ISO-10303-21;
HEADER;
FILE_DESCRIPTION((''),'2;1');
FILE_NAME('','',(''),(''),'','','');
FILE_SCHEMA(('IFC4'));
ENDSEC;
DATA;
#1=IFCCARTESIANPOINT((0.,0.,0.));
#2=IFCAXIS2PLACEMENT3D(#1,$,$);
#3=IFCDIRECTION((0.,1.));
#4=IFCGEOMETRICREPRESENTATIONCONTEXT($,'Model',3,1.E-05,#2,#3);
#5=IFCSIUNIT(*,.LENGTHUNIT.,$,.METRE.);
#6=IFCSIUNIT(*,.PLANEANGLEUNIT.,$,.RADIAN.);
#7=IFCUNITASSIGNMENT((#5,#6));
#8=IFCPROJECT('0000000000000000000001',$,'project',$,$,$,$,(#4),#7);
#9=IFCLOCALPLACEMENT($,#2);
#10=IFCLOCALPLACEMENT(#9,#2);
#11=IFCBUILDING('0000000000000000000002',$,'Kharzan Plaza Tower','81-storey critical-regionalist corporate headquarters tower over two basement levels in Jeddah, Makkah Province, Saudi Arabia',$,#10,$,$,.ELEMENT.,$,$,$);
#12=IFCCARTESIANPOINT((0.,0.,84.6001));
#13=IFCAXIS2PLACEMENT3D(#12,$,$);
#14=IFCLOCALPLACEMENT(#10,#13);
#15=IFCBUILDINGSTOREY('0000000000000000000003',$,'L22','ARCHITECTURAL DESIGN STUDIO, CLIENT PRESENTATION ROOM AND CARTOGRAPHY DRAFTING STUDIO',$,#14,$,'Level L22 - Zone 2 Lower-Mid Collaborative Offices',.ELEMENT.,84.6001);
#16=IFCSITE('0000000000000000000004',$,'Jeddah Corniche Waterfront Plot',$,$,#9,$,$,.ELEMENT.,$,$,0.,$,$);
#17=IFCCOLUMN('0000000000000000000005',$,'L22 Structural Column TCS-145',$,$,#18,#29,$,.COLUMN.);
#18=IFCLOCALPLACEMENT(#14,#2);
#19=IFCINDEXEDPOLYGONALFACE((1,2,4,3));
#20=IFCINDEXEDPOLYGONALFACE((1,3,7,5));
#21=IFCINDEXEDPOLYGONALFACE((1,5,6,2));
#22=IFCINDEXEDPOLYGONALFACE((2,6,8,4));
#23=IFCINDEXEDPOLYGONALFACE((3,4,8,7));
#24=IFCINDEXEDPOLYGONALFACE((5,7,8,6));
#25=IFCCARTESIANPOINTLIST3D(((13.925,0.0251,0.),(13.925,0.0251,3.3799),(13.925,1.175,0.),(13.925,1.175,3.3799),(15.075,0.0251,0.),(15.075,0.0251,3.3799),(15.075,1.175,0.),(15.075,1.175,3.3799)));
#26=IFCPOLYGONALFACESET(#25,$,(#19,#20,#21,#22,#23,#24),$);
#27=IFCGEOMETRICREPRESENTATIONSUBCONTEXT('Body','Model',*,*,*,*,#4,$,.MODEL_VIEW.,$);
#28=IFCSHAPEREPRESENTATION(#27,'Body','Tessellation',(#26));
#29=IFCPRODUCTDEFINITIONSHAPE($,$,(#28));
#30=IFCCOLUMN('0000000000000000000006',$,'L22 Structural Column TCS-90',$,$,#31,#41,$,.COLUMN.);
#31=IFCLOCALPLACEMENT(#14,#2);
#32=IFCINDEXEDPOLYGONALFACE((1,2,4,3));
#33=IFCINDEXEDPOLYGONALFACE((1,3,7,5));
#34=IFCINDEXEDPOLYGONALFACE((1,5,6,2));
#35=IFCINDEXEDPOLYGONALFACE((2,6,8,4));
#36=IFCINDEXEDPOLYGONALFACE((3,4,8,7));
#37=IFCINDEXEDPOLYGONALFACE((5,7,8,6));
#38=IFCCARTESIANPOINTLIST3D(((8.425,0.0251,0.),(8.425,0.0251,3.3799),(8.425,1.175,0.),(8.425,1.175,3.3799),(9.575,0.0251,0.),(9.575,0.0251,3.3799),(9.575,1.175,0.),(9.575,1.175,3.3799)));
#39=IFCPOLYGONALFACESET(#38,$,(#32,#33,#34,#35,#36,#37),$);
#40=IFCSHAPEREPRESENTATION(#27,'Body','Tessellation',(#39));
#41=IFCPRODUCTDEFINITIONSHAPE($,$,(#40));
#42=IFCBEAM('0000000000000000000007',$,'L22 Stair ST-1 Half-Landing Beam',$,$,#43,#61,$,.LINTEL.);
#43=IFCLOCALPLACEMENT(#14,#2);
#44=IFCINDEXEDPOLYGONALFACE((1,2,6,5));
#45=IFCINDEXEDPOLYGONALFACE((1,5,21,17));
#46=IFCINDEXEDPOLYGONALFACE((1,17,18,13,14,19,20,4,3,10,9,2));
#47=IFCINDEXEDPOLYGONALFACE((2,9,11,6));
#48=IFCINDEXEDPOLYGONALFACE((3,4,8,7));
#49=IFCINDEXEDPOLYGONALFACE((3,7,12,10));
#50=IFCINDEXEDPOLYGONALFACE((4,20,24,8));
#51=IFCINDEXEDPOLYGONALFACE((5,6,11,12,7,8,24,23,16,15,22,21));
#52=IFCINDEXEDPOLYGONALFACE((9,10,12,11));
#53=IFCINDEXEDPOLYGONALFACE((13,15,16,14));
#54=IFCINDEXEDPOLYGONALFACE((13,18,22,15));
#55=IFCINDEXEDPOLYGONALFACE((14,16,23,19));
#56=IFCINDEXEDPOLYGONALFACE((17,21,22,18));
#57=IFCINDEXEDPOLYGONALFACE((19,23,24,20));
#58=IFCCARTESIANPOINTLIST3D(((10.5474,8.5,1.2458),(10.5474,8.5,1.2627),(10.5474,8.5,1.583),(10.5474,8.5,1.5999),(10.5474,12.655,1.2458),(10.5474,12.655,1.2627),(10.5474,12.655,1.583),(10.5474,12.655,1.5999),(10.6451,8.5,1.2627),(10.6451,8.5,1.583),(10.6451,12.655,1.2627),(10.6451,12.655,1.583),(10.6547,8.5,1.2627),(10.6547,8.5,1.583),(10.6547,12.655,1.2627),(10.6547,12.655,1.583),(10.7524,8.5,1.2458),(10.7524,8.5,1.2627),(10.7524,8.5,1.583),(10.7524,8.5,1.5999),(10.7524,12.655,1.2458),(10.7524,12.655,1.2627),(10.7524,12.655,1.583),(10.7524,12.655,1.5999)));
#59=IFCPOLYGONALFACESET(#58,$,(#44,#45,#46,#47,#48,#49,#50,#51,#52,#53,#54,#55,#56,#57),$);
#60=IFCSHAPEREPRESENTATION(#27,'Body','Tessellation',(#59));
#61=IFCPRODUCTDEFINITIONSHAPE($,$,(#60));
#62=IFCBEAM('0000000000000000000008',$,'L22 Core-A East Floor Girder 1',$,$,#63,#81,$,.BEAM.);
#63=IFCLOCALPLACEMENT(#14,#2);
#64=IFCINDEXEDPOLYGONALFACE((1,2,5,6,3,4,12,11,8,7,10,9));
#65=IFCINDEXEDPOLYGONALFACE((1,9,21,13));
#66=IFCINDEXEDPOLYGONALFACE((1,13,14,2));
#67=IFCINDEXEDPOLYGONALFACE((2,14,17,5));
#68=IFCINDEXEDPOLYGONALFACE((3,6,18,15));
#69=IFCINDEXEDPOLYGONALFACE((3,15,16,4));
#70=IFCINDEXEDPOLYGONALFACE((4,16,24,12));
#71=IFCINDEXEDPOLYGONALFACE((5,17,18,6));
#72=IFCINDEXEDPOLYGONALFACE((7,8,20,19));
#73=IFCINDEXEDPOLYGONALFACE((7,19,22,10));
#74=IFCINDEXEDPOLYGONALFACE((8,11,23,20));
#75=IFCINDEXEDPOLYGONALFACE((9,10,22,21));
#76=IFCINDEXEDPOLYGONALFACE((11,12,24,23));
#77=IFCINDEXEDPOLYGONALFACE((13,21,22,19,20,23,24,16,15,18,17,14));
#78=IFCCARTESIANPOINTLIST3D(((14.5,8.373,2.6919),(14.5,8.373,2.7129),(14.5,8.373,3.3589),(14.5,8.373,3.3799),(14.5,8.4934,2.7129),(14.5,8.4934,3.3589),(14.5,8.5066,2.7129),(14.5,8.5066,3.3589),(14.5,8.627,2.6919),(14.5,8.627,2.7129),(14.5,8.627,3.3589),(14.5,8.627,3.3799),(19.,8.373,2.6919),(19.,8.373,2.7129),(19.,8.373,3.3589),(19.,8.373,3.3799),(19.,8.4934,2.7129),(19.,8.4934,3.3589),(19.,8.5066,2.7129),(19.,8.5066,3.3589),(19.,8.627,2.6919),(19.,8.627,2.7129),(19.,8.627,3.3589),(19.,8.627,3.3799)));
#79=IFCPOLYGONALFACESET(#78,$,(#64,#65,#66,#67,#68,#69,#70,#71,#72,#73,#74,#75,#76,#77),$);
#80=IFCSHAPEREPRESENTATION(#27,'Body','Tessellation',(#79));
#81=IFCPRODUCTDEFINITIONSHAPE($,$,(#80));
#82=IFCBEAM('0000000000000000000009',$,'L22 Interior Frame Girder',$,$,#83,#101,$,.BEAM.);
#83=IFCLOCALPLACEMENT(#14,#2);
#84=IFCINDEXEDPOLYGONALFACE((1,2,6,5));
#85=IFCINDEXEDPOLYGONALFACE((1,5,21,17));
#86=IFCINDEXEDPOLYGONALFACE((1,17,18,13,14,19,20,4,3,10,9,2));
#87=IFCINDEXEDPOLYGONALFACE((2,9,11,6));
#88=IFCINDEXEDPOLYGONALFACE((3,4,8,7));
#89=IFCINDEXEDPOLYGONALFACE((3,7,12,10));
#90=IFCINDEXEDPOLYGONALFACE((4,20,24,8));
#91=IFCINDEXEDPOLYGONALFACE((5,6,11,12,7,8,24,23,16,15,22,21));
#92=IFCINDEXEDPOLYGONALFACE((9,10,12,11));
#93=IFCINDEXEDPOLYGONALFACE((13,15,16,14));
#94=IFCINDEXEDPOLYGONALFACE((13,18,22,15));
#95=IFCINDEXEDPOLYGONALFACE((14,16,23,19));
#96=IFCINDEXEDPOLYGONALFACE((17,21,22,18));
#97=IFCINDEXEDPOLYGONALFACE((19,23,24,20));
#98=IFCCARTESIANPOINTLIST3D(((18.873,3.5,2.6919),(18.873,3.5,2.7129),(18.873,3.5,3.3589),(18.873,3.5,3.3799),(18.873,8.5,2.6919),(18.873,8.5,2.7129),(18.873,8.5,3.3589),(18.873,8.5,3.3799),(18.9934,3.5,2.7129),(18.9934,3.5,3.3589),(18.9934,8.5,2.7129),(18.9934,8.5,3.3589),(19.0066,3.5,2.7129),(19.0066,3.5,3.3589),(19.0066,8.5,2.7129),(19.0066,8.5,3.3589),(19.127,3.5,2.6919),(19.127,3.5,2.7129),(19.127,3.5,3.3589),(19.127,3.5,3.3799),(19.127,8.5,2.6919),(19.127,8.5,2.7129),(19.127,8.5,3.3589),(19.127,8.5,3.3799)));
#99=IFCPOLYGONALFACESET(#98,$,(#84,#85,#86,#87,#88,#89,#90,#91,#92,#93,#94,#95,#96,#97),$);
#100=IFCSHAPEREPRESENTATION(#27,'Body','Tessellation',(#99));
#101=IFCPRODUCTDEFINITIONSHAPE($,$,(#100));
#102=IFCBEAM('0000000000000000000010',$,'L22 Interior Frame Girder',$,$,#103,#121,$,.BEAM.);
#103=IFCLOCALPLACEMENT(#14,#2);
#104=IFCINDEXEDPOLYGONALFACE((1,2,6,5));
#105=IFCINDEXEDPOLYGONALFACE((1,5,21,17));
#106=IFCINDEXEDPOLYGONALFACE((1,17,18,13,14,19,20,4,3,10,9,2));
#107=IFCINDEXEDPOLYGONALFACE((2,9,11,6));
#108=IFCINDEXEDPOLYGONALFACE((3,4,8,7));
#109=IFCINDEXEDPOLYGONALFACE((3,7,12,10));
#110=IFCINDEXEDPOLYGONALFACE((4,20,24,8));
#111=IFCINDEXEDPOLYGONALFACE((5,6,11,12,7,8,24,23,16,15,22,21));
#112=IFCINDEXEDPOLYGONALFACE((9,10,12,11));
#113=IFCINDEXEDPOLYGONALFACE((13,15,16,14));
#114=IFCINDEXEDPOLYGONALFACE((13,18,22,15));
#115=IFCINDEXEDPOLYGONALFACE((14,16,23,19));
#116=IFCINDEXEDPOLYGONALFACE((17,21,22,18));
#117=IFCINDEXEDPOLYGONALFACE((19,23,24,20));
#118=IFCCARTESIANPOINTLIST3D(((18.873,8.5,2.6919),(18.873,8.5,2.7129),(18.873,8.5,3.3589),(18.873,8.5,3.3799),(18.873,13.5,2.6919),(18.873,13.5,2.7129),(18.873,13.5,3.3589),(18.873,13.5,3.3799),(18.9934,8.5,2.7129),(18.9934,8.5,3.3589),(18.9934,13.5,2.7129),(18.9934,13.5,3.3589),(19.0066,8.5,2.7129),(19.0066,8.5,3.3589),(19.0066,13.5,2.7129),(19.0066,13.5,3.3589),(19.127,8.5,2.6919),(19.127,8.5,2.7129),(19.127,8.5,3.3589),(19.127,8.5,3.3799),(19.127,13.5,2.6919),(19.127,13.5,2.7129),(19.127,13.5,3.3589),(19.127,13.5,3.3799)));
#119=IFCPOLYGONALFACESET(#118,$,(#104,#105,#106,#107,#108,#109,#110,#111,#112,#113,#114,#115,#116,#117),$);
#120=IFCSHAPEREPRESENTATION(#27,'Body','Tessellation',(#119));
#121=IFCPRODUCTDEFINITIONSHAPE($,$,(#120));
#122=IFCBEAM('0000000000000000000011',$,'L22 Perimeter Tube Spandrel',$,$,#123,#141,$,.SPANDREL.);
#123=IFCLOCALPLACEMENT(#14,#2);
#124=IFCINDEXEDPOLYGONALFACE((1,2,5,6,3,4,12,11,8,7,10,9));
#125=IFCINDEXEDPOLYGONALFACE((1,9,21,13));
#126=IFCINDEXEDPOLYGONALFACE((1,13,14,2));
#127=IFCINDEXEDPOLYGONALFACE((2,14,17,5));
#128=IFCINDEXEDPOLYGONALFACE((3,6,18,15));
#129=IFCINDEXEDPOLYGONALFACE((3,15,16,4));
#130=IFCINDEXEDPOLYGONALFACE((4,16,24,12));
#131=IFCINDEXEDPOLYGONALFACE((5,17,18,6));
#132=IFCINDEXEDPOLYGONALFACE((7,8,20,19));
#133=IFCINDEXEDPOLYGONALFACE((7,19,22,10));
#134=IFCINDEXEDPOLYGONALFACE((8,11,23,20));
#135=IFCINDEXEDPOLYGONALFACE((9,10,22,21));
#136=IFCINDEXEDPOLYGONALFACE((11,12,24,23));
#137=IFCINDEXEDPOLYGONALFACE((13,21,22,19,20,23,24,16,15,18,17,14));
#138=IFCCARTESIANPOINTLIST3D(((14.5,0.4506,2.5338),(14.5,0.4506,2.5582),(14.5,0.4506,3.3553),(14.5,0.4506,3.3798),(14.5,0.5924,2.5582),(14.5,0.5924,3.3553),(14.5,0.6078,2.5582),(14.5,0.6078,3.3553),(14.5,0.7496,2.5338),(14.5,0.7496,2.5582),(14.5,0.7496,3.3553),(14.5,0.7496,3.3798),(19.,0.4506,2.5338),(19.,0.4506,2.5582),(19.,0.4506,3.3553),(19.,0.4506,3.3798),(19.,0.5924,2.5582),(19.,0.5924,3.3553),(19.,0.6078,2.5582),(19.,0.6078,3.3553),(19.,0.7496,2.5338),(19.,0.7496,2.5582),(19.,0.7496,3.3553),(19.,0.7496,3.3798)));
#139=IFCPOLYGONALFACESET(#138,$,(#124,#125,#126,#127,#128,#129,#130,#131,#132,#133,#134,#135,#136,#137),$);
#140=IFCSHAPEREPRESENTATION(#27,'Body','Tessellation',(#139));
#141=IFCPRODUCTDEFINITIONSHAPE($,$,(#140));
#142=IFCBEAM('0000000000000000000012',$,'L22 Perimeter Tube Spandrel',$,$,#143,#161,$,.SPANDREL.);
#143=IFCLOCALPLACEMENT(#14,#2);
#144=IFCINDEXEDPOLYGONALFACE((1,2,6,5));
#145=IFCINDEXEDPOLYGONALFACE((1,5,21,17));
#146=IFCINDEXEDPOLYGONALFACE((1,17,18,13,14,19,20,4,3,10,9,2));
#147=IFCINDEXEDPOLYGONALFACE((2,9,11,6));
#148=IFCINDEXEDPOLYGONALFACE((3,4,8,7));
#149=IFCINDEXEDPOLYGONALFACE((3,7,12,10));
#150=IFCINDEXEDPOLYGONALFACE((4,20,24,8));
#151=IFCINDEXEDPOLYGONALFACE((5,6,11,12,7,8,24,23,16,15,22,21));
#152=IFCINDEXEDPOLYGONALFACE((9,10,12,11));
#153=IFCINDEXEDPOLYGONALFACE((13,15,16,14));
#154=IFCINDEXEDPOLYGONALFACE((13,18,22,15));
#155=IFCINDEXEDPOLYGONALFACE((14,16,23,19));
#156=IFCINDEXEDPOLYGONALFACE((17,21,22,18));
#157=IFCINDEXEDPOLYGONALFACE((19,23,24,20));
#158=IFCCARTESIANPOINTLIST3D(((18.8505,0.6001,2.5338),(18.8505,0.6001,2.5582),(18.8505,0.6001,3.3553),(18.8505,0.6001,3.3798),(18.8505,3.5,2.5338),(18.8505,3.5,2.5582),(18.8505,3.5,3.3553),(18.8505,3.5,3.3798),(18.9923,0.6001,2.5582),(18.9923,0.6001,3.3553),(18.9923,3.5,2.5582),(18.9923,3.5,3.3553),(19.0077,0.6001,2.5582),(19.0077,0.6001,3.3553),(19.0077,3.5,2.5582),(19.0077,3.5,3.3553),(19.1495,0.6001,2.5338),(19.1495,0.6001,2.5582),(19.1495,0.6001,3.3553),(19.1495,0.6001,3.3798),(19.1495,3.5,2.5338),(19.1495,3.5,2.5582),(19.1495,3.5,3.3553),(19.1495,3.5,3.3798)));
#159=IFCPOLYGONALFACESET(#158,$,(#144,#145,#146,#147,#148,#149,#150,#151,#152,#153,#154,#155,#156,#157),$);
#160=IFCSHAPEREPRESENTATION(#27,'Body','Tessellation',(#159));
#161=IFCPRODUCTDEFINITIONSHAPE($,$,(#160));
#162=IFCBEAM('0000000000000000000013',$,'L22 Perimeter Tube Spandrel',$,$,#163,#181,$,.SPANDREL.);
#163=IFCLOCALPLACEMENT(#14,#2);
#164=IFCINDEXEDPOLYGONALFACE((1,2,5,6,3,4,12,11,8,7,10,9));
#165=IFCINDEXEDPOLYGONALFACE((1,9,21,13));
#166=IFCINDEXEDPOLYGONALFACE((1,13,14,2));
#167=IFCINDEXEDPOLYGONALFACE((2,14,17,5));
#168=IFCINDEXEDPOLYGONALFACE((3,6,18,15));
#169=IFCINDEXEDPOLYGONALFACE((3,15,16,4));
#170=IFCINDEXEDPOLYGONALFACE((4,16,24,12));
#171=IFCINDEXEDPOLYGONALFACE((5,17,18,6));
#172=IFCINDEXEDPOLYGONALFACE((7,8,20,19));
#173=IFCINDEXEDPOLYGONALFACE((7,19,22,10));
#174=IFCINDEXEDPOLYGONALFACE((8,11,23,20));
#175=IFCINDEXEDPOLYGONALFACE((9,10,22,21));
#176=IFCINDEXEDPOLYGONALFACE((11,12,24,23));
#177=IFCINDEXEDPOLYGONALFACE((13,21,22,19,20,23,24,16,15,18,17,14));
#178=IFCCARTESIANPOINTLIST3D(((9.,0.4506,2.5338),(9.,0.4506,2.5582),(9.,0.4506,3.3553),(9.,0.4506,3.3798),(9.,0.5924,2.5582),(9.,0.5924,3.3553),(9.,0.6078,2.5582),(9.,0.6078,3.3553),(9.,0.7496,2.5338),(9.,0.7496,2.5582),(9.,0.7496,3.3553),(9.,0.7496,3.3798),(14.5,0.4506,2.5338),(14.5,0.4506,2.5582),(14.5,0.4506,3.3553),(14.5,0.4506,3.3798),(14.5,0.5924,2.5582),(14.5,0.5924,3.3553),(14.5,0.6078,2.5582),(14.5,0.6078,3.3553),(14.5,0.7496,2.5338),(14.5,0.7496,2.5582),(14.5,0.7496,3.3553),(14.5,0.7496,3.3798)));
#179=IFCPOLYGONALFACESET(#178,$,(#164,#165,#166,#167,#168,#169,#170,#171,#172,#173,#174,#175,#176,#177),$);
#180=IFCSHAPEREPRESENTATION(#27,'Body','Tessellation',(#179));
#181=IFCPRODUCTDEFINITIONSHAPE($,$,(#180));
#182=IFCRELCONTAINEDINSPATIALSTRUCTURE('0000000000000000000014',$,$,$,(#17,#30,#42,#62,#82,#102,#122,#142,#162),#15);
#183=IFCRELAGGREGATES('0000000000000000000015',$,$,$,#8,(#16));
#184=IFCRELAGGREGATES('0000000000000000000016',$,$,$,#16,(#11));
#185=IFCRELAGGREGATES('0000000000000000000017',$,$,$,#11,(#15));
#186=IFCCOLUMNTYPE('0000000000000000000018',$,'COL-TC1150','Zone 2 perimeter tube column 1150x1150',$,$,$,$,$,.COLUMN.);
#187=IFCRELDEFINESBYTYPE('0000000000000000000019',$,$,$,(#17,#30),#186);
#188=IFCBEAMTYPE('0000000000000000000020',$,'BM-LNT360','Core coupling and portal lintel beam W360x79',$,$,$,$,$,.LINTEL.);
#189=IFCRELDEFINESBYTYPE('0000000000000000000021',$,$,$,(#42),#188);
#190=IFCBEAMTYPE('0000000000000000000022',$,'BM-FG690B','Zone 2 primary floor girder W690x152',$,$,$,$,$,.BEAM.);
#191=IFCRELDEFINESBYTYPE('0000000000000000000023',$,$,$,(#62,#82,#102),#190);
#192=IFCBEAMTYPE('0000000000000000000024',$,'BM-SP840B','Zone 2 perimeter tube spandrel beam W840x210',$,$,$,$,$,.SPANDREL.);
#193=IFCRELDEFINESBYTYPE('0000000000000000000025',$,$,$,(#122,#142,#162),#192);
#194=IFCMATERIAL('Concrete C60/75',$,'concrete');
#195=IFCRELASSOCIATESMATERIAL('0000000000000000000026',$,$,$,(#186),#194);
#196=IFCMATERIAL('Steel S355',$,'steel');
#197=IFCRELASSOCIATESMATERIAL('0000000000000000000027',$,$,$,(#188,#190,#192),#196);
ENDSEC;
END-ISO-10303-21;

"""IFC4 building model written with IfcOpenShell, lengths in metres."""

from ifc_helpers import new_model, si_unit, direction, frame, origin, origin_2d, place, context, subcontext, project, spatial, rectangle, i_section, extrude, source, transform, mapped, material, material_profile, profile_set, type_object, element, save


model = new_model("IFC4")

# Units and contexts
model_context = context("Model", 3, precision=1e-05, world=origin(), true_north=direction((0.0, 1.0)))
body_context = subcontext(model_context, "Body", "Model", "MODEL_VIEW")
ifc_project = project(units=[si_unit("LENGTHUNIT", "METRE"), si_unit("PLANEANGLEUNIT", "RADIAN")], contexts=[model_context])

# Site, building, storey
site_placement = place(None, origin())
site = spatial("IfcSite", under=ifc_project, at=site_placement, Name="Jeddah Corniche Waterfront Plot", CompositionType="ELEMENT", RefElevation=0.0)
building_placement = place(site_placement, origin())
building = spatial("IfcBuilding", under=site, at=building_placement, Name="Kharzan Plaza Tower", Description="81-storey critical-regionalist corporate headquarters tower over two basement levels in Jeddah, Makkah Province, Saudi Arabia", CompositionType="ELEMENT")
storey_placement = place(building_placement, frame((0.0, 0.0, 84.6001)))
storey = spatial("IfcBuildingStorey", under=building, at=storey_placement, Name="L22", Description="ARCHITECTURAL DESIGN STUDIO, CLIENT PRESENTATION ROOM AND CARTOGRAPHY DRAFTING STUDIO", LongName="Level L22 - Zone 2 Lower-Mid Collaborative Offices", CompositionType="ELEMENT", Elevation=84.6001)

# Columns
ifc_material_1 = material(Name="Concrete C60/75", Category="concrete")
ifc_material_profile_1 = material_profile(ifc_material_1, rectangle(XDim=1.1499, YDim=1.1499, at=origin_2d()), Name="RC-TC1150x1150")
ifc_profile_set_1 = profile_set([ifc_material_profile_1], Name="Concrete C60/75")
column_type = type_object("IfcColumnType", Name="COL-TC1150", Description="Zone 2 perimeter tube column 1150x1150", PredefinedType="COLUMN", material=ifc_profile_set_1)
shared_shape_1 = source(origin(), body_context, "Body", "SweptSolid", [
    extrude(rectangle(XDim=1.1499, YDim=1.1499, at=origin_2d()), origin(), (0.0, 0.0, 1.0), 3.3799),
])
for number, where, z_axis, x_axis, name in (
    (1, (14.5, 0.6001, 0.0), (0.0, 0.0, 1.0), (1.0, 0.0, 0.0), "L22 Structural Column TCS-145"),
    (2, (9.0, 0.6001, 0.0), (0.0, 0.0, 1.0), (1.0, 0.0, 0.0), "L22 Structural Column TCS-90"),
):
    element("IfcColumn", number, at=place(storey_placement, frame(where, z_axis=z_axis, x_axis=x_axis)), inside=storey, type_object=column_type, Name=name, PredefinedType="COLUMN", context=body_context, shape_type="MappedRepresentation", body=[
        mapped(shared_shape_1, transform((0.0, 0.0, 0.0), x_axis=(1.0, 0.0, 0.0), y_axis=(0.0, 1.0, 0.0), z_axis=(0.0, 0.0, 1.0))),
    ])

# Beams
ifc_material_2 = material(Name="Steel S355", Category="steel")
ifc_material_profile_2 = material_profile(ifc_material_2, i_section(OverallWidth=0.2051, OverallDepth=0.354, WebThickness=0.0095, FlangeThickness=0.0168, at=origin_2d()), Name="W360x79")
ifc_profile_set_2 = profile_set([ifc_material_profile_2], Name="Steel S355")
beam_type_1 = type_object("IfcBeamType", Name="BM-LNT360", Description="Core coupling and portal lintel beam W360x79", PredefinedType="LINTEL", material=ifc_profile_set_2)
shared_shape_2 = source(origin(), body_context, "Body", "SweptSolid", [
    extrude(i_section(OverallWidth=0.2051, OverallDepth=0.354, WebThickness=0.0095, FlangeThickness=0.0168, at=origin_2d()), origin(), (0.0, 0.0, 1.0), 4.155),
])
beam_1_placement = place(storey_placement, frame((10.6499, 8.5, 1.4229), z_axis=(0.0, 1.0, 0.0), x_axis=(-1.0, 0.0, 0.0)))
element("IfcBeam", 3, at=beam_1_placement, inside=storey, type_object=beam_type_1, Name="L22 Stair ST-1 Half-Landing Beam", PredefinedType="LINTEL", context=body_context, shape_type="MappedRepresentation", body=[
    mapped(shared_shape_2, transform((0.0, 0.0, 0.0), x_axis=(1.0, 0.0, 0.0), y_axis=(0.0, 1.0, 0.0), z_axis=(0.0, 0.0, 1.0))),
])
ifc_material_profile_3 = material_profile(ifc_material_2, i_section(OverallWidth=0.2539, OverallDepth=0.688, WebThickness=0.0132, FlangeThickness=0.021, at=origin_2d()), Name="W690x152")
ifc_profile_set_3 = profile_set([ifc_material_profile_3], Name="Steel S355")
beam_type_2 = type_object("IfcBeamType", Name="BM-FG690B", Description="Zone 2 primary floor girder W690x152", PredefinedType="BEAM", material=ifc_profile_set_3)
shared_shape_3 = source(origin(), body_context, "Body", "SweptSolid", [
    extrude(i_section(OverallWidth=0.2539, OverallDepth=0.688, WebThickness=0.0132, FlangeThickness=0.021, at=origin_2d()), origin(), (0.0, 0.0, 1.0), 4.5),
])
beam_2_placement = place(storey_placement, frame((14.5, 8.5, 3.0359), z_axis=(1.0, 0.0, 0.0), x_axis=(0.0, 1.0, 0.0)))
element("IfcBeam", 4, at=beam_2_placement, inside=storey, type_object=beam_type_2, Name="L22 Core-A East Floor Girder 1", PredefinedType="BEAM", context=body_context, shape_type="MappedRepresentation", body=[
    mapped(shared_shape_3, transform((0.0, 0.0, 0.0), x_axis=(1.0, 0.0, 0.0), y_axis=(0.0, 1.0, 0.0), z_axis=(0.0, 0.0, 1.0))),
])
shared_shape_4 = source(origin(), body_context, "Body", "SweptSolid", [
    extrude(i_section(OverallWidth=0.2539, OverallDepth=0.688, WebThickness=0.0132, FlangeThickness=0.021, at=origin_2d()), origin(), (0.0, 0.0, 1.0), 5.0),
])
for number, where, z_axis, x_axis, name in (
    (5, (19.0, 3.5, 3.0359), (0.0, 1.0, 0.0), (-1.0, 0.0, 0.0), "L22 Interior Frame Girder"),
    (6, (19.0, 8.5, 3.0359), (0.0, 1.0, 0.0), (-1.0, 0.0, 0.0), "L22 Interior Frame Girder"),
):
    element("IfcBeam", number, at=place(storey_placement, frame(where, z_axis=z_axis, x_axis=x_axis)), inside=storey, type_object=beam_type_2, Name=name, PredefinedType="BEAM", context=body_context, shape_type="MappedRepresentation", body=[
        mapped(shared_shape_4, transform((0.0, 0.0, 0.0), x_axis=(1.0, 0.0, 0.0), y_axis=(0.0, 1.0, 0.0), z_axis=(0.0, 0.0, 1.0))),
    ])
ifc_material_profile_4 = material_profile(ifc_material_2, i_section(OverallWidth=0.2991, OverallDepth=0.8459, WebThickness=0.0154, FlangeThickness=0.0244, at=origin_2d()), Name="W840x210")
ifc_profile_set_4 = profile_set([ifc_material_profile_4], Name="Steel S355")
beam_type_3 = type_object("IfcBeamType", Name="BM-SP840B", Description="Zone 2 perimeter tube spandrel beam W840x210", PredefinedType="SPANDREL", material=ifc_profile_set_4)
shared_shape_5 = source(origin(), body_context, "Body", "SweptSolid", [
    extrude(i_section(OverallWidth=0.2991, OverallDepth=0.8459, WebThickness=0.0154, FlangeThickness=0.0244, at=origin_2d()), origin(), (0.0, 0.0, 1.0), 4.5),
])
beam_3_placement = place(storey_placement, frame((14.5, 0.6001, 2.9568), z_axis=(1.0, 0.0, 0.0), x_axis=(0.0, 1.0, 0.0)))
element("IfcBeam", 7, at=beam_3_placement, inside=storey, type_object=beam_type_3, Name="L22 Perimeter Tube Spandrel", PredefinedType="SPANDREL", context=body_context, shape_type="MappedRepresentation", body=[
    mapped(shared_shape_5, transform((0.0, 0.0, 0.0), x_axis=(1.0, 0.0, 0.0), y_axis=(0.0, 1.0, 0.0), z_axis=(0.0, 0.0, 1.0))),
])
shared_shape_6 = source(origin(), body_context, "Body", "SweptSolid", [
    extrude(i_section(OverallWidth=0.2991, OverallDepth=0.8459, WebThickness=0.0154, FlangeThickness=0.0244, at=origin_2d()), origin(), (0.0, 0.0, 1.0), 2.8999),
])
beam_4_placement = place(storey_placement, frame((19.0, 0.6001, 2.9568), z_axis=(0.0, 1.0, 0.0), x_axis=(-1.0, 0.0, 0.0)))
element("IfcBeam", 8, at=beam_4_placement, inside=storey, type_object=beam_type_3, Name="L22 Perimeter Tube Spandrel", PredefinedType="SPANDREL", context=body_context, shape_type="MappedRepresentation", body=[
    mapped(shared_shape_6, transform((0.0, 0.0, 0.0), x_axis=(1.0, 0.0, 0.0), y_axis=(0.0, 1.0, 0.0), z_axis=(0.0, 0.0, 1.0))),
])
shared_shape_7 = source(origin(), body_context, "Body", "SweptSolid", [
    extrude(i_section(OverallWidth=0.2991, OverallDepth=0.8459, WebThickness=0.0154, FlangeThickness=0.0244, at=origin_2d()), origin(), (0.0, 0.0, 1.0), 5.5),
])
beam_5_placement = place(storey_placement, frame((9.0, 0.6001, 2.9568), z_axis=(1.0, 0.0, 0.0), x_axis=(0.0, 1.0, 0.0)))
element("IfcBeam", 9, at=beam_5_placement, inside=storey, type_object=beam_type_3, Name="L22 Perimeter Tube Spandrel", PredefinedType="SPANDREL", context=body_context, shape_type="MappedRepresentation", body=[
    mapped(shared_shape_7, transform((0.0, 0.0, 0.0), x_axis=(1.0, 0.0, 0.0), y_axis=(0.0, 1.0, 0.0), z_axis=(0.0, 0.0, 1.0))),
])

save(model, "model.ifc")
